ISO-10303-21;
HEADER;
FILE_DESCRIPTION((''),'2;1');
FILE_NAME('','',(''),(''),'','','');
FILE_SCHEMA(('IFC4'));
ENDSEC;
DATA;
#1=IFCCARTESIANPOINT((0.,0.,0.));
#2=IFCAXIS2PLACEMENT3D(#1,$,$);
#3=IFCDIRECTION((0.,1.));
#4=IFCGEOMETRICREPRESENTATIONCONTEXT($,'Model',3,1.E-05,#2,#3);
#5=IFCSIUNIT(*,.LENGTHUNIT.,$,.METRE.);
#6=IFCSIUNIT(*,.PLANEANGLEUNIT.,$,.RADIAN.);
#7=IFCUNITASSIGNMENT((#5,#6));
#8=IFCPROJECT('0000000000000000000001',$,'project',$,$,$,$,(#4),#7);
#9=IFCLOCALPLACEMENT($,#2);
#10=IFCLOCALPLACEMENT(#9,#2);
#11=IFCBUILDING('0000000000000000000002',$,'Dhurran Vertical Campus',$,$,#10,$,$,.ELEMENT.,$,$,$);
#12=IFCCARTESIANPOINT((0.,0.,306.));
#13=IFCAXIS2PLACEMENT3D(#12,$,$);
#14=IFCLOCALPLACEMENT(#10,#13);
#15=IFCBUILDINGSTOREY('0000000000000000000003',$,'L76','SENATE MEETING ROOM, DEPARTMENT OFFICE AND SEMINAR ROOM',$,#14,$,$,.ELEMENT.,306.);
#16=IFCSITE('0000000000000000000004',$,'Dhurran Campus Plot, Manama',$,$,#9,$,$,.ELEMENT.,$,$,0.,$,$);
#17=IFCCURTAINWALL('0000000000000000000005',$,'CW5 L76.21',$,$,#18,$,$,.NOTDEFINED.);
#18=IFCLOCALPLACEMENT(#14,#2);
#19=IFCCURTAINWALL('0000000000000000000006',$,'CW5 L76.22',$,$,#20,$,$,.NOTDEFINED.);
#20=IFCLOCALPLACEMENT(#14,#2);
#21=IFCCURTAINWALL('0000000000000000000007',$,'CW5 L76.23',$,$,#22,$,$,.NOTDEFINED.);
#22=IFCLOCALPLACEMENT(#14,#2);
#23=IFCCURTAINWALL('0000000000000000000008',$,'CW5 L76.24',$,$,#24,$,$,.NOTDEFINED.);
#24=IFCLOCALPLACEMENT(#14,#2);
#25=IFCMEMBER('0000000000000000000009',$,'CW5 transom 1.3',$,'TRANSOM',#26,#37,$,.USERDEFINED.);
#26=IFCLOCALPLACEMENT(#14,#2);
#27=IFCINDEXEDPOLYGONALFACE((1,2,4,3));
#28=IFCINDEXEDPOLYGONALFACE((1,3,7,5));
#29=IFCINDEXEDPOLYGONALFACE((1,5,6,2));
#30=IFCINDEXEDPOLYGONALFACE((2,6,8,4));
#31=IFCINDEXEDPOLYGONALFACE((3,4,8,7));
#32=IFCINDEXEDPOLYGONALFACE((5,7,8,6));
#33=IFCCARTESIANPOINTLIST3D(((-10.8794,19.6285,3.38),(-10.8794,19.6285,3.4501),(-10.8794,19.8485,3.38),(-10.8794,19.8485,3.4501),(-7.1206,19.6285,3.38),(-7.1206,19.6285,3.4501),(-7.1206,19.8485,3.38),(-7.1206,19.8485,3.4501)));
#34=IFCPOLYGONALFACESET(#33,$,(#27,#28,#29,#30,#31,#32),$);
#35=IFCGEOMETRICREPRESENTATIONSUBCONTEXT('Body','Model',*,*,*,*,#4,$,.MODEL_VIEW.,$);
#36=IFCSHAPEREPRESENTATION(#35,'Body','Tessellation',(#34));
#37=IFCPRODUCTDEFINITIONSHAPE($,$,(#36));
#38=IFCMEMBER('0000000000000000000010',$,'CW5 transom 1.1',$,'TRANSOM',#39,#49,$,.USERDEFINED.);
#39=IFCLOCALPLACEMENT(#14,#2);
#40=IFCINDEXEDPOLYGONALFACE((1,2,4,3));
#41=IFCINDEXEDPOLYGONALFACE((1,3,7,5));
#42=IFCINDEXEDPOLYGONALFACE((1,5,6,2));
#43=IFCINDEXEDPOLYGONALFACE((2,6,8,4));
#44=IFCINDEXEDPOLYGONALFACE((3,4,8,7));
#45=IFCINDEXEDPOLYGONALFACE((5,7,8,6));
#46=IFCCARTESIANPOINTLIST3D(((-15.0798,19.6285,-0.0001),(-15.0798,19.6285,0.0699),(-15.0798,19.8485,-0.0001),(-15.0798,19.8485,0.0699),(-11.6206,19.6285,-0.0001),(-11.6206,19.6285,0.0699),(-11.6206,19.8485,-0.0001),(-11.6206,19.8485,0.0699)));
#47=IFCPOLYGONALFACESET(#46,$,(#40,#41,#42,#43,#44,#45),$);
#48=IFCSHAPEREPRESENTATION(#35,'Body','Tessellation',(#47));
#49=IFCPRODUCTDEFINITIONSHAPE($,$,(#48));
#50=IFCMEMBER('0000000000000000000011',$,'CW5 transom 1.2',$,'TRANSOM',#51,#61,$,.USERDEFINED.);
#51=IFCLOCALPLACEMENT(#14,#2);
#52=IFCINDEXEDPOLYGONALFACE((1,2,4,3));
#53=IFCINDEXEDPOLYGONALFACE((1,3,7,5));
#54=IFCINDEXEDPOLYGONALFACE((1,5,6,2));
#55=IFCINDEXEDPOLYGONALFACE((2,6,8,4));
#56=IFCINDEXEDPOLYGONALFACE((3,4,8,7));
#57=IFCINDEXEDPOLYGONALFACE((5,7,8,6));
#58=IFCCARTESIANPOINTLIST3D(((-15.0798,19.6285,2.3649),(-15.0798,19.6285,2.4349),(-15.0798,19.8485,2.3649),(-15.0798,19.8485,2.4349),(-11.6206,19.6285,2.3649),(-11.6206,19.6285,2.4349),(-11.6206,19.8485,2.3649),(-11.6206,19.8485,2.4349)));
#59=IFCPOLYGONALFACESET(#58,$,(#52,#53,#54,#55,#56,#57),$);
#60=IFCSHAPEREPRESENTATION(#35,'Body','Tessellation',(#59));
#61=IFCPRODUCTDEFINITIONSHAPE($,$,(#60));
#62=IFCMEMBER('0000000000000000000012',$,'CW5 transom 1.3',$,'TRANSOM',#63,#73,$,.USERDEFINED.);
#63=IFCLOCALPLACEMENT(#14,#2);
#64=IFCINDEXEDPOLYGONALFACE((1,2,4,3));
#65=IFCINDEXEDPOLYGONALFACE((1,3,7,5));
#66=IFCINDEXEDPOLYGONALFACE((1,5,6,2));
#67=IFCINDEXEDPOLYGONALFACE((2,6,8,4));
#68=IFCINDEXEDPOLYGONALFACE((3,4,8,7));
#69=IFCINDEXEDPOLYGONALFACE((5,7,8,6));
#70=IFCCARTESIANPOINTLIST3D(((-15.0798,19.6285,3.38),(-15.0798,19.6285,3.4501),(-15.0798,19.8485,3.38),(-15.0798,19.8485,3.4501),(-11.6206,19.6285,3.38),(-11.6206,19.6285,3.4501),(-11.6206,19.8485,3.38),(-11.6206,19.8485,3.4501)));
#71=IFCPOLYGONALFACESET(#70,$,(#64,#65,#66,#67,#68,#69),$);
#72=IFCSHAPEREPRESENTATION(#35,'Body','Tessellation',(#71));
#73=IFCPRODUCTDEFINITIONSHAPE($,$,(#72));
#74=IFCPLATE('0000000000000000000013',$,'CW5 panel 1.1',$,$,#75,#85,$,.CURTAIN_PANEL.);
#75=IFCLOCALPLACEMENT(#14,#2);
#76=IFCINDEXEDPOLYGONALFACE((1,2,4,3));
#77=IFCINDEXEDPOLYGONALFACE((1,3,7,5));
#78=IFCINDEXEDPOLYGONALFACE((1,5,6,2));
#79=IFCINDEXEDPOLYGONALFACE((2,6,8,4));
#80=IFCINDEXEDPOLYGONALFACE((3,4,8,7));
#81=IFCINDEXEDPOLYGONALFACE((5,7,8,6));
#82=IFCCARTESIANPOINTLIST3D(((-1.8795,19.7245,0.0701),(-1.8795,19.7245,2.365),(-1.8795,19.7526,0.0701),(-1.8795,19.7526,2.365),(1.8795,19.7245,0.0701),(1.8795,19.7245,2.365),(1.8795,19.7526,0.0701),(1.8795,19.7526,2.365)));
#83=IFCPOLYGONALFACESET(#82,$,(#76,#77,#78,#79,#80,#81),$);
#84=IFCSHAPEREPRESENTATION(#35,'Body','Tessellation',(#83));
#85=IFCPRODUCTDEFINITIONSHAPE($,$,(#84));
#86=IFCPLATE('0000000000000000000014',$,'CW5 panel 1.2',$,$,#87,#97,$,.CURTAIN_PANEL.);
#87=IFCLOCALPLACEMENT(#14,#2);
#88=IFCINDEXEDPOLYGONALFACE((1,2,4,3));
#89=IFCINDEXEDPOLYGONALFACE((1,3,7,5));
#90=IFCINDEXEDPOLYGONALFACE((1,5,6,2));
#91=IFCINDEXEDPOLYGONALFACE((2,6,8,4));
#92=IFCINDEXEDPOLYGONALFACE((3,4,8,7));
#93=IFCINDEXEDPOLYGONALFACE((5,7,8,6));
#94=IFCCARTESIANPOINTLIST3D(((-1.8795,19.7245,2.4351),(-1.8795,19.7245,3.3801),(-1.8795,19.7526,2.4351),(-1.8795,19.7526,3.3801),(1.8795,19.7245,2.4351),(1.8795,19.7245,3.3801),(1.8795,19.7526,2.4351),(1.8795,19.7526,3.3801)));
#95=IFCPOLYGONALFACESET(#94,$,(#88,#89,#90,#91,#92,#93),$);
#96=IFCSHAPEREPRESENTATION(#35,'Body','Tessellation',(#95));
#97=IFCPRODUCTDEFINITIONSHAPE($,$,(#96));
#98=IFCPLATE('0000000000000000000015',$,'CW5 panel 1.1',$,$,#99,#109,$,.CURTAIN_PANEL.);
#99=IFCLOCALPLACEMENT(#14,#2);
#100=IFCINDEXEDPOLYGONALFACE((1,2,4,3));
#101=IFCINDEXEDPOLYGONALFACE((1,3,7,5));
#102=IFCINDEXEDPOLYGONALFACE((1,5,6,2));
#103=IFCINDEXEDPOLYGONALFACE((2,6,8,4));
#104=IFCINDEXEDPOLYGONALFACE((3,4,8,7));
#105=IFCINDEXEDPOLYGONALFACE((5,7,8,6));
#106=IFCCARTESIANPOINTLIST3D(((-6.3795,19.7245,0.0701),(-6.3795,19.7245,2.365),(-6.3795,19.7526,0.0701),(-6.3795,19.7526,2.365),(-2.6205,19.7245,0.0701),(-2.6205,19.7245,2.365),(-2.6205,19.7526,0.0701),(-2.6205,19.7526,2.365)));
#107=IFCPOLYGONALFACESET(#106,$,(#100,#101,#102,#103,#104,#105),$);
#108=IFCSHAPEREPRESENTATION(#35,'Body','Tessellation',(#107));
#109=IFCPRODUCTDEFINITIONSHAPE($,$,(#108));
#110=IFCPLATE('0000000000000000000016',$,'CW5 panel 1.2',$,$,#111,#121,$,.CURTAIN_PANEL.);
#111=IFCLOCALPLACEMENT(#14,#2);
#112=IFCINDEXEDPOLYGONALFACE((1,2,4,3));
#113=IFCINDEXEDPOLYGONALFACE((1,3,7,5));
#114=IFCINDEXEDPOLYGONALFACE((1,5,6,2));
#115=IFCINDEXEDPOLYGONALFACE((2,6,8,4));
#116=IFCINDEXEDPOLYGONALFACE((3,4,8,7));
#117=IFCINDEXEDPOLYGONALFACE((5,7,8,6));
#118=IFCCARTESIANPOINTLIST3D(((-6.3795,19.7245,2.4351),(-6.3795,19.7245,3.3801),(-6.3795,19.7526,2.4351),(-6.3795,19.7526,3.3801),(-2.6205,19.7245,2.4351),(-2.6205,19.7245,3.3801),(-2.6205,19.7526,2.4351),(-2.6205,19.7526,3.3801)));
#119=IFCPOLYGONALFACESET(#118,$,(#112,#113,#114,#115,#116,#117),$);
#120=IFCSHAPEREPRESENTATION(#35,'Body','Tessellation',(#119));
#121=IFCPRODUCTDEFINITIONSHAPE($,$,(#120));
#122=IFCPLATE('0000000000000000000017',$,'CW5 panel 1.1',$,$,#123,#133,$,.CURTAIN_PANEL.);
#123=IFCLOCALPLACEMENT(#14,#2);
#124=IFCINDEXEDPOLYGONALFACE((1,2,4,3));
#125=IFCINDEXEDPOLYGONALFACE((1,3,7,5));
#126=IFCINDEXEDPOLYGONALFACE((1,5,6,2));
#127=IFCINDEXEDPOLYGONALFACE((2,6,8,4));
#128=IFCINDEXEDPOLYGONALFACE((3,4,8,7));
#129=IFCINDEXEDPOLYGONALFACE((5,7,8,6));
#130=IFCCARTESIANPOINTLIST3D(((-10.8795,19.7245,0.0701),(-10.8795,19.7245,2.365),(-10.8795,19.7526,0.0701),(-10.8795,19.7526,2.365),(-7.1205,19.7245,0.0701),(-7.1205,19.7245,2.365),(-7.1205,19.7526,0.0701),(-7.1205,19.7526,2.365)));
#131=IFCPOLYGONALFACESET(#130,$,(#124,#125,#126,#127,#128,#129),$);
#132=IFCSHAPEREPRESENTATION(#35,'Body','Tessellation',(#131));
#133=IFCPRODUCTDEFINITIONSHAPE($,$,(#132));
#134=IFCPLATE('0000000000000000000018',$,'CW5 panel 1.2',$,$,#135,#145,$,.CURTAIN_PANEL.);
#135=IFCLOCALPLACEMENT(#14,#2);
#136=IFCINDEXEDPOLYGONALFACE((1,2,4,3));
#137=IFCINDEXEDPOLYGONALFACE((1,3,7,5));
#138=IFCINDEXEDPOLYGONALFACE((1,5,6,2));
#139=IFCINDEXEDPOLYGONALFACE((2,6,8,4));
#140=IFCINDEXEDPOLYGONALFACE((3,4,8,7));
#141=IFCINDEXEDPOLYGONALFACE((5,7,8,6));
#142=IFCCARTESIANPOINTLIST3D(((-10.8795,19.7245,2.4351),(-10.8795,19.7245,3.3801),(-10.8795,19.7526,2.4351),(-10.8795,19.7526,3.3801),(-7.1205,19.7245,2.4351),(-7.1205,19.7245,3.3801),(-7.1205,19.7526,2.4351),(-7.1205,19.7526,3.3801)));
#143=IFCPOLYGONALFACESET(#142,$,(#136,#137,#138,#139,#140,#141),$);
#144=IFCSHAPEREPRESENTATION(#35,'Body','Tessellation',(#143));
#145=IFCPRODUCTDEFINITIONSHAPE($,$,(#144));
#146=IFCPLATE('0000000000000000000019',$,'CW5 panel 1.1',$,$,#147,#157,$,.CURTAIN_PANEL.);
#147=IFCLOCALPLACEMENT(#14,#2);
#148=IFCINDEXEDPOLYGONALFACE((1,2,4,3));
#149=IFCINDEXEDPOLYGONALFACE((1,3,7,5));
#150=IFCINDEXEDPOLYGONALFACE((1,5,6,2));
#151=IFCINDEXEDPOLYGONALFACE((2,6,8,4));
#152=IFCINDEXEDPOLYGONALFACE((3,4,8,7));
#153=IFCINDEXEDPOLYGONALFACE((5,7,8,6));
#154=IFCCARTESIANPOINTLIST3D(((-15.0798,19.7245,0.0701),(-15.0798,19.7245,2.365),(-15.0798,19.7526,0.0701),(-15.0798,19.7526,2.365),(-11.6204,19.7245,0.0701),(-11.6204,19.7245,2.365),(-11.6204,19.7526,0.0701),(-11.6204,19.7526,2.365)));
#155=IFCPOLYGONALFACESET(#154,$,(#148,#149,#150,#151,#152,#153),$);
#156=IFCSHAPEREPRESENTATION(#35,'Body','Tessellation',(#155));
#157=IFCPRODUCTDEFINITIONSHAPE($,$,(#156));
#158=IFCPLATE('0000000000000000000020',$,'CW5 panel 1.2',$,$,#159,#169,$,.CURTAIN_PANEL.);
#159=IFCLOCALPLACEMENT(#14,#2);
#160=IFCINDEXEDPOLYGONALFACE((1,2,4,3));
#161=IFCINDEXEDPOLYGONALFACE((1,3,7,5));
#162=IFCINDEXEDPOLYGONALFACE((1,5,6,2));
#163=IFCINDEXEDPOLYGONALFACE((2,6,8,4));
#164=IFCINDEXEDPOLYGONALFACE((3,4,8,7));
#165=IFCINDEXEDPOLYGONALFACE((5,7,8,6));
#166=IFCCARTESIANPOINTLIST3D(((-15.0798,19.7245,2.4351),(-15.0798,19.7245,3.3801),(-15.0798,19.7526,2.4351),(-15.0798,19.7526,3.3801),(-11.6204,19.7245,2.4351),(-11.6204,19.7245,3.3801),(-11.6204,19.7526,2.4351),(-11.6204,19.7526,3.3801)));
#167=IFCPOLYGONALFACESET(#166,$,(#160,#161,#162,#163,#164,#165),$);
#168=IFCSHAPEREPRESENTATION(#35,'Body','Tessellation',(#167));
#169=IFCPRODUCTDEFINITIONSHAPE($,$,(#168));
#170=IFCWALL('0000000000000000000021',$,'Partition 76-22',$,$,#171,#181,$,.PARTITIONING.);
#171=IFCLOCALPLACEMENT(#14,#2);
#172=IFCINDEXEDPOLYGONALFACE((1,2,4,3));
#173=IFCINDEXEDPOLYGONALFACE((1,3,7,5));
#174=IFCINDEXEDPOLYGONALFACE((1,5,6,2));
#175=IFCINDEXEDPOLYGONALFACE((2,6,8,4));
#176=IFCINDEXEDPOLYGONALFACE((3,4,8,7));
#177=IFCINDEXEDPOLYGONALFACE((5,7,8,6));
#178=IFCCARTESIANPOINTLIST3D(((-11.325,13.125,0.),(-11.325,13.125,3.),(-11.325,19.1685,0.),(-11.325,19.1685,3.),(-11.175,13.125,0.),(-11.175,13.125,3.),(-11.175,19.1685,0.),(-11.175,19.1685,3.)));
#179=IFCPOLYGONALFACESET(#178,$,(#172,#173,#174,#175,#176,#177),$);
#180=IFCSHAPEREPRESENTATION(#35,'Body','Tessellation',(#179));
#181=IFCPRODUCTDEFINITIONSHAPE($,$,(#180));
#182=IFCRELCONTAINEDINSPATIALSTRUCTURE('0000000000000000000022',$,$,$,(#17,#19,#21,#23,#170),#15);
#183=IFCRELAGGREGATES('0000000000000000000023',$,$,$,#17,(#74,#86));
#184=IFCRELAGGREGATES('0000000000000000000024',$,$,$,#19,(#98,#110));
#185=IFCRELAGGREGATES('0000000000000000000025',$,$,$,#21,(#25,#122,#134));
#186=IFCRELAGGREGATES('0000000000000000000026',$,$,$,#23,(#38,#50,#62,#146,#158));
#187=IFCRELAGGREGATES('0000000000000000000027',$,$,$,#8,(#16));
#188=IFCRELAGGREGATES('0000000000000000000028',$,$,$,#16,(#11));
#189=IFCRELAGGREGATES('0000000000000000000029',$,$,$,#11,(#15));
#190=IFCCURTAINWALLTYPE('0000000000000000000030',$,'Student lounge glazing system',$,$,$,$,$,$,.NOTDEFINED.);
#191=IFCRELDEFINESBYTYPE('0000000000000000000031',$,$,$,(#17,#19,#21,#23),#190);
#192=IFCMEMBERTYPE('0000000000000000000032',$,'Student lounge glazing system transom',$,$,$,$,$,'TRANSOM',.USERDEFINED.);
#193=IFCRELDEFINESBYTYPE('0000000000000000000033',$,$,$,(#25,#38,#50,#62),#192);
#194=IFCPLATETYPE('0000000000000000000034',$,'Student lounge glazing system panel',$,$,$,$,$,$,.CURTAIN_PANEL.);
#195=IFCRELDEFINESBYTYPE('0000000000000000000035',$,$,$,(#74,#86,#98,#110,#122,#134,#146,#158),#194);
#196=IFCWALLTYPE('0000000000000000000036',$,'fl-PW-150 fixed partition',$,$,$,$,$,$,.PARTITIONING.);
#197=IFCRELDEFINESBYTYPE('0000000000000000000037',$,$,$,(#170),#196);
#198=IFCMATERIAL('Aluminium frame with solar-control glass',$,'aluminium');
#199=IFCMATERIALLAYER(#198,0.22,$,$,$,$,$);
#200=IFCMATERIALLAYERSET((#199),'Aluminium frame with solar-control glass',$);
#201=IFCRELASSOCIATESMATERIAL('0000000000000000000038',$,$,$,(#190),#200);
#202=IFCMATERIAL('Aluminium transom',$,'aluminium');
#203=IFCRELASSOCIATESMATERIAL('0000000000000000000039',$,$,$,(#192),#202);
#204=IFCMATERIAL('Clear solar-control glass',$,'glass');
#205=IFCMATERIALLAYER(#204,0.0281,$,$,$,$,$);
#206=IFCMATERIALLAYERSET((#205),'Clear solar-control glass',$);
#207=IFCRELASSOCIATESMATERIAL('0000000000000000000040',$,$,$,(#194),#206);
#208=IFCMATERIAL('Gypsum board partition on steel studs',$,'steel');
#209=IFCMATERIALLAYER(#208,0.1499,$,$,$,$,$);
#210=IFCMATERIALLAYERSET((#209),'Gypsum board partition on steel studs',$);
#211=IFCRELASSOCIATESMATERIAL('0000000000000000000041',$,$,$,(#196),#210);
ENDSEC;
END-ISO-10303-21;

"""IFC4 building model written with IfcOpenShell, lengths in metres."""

from ifc_helpers import new_model, si_unit, direction, frame, frame_2d, origin, origin_2d, place, context, subcontext, project, spatial, rectangle, extrude, material, layer, layer_set, material_profile, profile_set, type_object, element, aggregate, save


model = new_model("IFC4")

# Units and contexts
model_context = context("Model", 3, precision=1e-05, world=origin(), true_north=direction((0.0, 1.0)))
body_context = subcontext(model_context, "Body", "Model", "MODEL_VIEW")
ifc_project = project(units=[si_unit("LENGTHUNIT", "METRE"), si_unit("PLANEANGLEUNIT", "RADIAN")], contexts=[model_context])

# Site, building, storey
site_placement = place(None, origin())
site = spatial("IfcSite", under=ifc_project, at=site_placement, Name="Dhurran Campus Plot, Manama", CompositionType="ELEMENT", RefElevation=0.0)
building_placement = place(site_placement, origin())
building = spatial("IfcBuilding", under=site, at=building_placement, Name="Dhurran Vertical Campus", CompositionType="ELEMENT")
storey_placement = place(building_placement, frame((0.0, 0.0, 306.0)))
storey = spatial("IfcBuildingStorey", under=building, at=storey_placement, Name="L76", Description="SENATE MEETING ROOM, DEPARTMENT OFFICE AND SEMINAR ROOM", CompositionType="ELEMENT", Elevation=306.0)

# Curtain wall
ifc_material_1 = material(Name="Aluminium frame with solar-control glass", Category="aluminium")
ifc_layer_1 = layer(ifc_material_1, 0.22)
ifc_layer_set_1 = layer_set([ifc_layer_1], Name="Aluminium frame with solar-control glass")
curtain_wall_type = type_object("IfcCurtainWallType", Name="Student lounge glazing system", PredefinedType="NOTDEFINED", material=ifc_layer_set_1)
curtain_wall_1_placement = place(storey_placement, origin())
curtain_wall_1 = element("IfcCurtainWall", 1, at=curtain_wall_1_placement, inside=storey, type_object=curtain_wall_type, Name="CW5 L76.21", PredefinedType="NOTDEFINED")

# Curtain walls
curtain_wall_2_placement = place(storey_placement, origin())
curtain_wall_2 = element("IfcCurtainWall", 2, at=curtain_wall_2_placement, inside=storey, type_object=curtain_wall_type, Name="CW5 L76.22", PredefinedType="NOTDEFINED")
curtain_wall_3_placement = place(storey_placement, origin())
curtain_wall_3 = element("IfcCurtainWall", 3, at=curtain_wall_3_placement, inside=storey, type_object=curtain_wall_type, Name="CW5 L76.23", PredefinedType="NOTDEFINED")
curtain_wall_4_placement = place(storey_placement, origin())
curtain_wall_4 = element("IfcCurtainWall", 4, at=curtain_wall_4_placement, inside=storey, type_object=curtain_wall_type, Name="CW5 L76.24", PredefinedType="NOTDEFINED")

# Members
ifc_material_2 = material(Name="Aluminium transom", Category="aluminium")
ifc_material_profile_1 = material_profile(ifc_material_2, rectangle(XDim=0.22, YDim=0.0701, at=origin_2d()), Name="Student lounge glazing system transom")
ifc_profile_set_1 = profile_set([ifc_material_profile_1], Name="Aluminium transom")
member_type_1 = type_object("IfcMemberType", Name="Student lounge glazing system transom", ElementType="TRANSOM", PredefinedType="USERDEFINED", material=ifc_profile_set_1)
member_1_placement = place(storey_placement, frame((-7.1206, 19.7385, 3.415), z_axis=(-1.0, 0.0, 0.0), x_axis=(0.0, -1.0, 0.0)))
member_1 = element("IfcMember", 5, at=member_1_placement, type_object=member_type_1, Name="CW5 transom 1.3", ObjectType="TRANSOM", PredefinedType="USERDEFINED", context=body_context, shape_type="SweptSolid", body=[
    extrude(rectangle(XDim=0.22, YDim=0.0701, at=origin_2d()), origin(), (0.0, 0.0, 1.0), 3.7588),
])
member_2_placement = place(storey_placement, frame((-11.6206, 19.7385, 0.0349), z_axis=(-1.0, 0.0, 0.0), x_axis=(0.0, -1.0, 0.0)))
member_2 = element("IfcMember", 6, at=member_2_placement, type_object=member_type_1, Name="CW5 transom 1.1", ObjectType="TRANSOM", PredefinedType="USERDEFINED", context=body_context, shape_type="SweptSolid", body=[
    extrude(rectangle(XDim=0.22, YDim=0.0701, at=origin_2d()), origin(), (0.0, 0.0, 1.0), 3.4592),
])
member_3_placement = place(storey_placement, frame((-11.6206, 19.7385, 2.3999), z_axis=(-1.0, 0.0, 0.0), x_axis=(0.0, -1.0, 0.0)))
member_3 = element("IfcMember", 7, at=member_3_placement, type_object=member_type_1, Name="CW5 transom 1.2", ObjectType="TRANSOM", PredefinedType="USERDEFINED", context=body_context, shape_type="SweptSolid", body=[
    extrude(rectangle(XDim=0.22, YDim=0.0701, at=origin_2d()), origin(), (0.0, 0.0, 1.0), 3.4592),
])
member_4_placement = place(storey_placement, frame((-11.6206, 19.7385, 3.415), z_axis=(-1.0, 0.0, 0.0), x_axis=(0.0, -1.0, 0.0)))
member_4 = element("IfcMember", 8, at=member_4_placement, type_object=member_type_1, Name="CW5 transom 1.3", ObjectType="TRANSOM", PredefinedType="USERDEFINED", context=body_context, shape_type="SweptSolid", body=[
    extrude(rectangle(XDim=0.22, YDim=0.0701, at=origin_2d()), origin(), (0.0, 0.0, 1.0), 3.4592),
])

# Plates
ifc_material_3 = material(Name="Clear solar-control glass", Category="glass")
ifc_layer_2 = layer(ifc_material_3, 0.0281)
ifc_layer_set_2 = layer_set([ifc_layer_2], Name="Clear solar-control glass")
plate_type = type_object("IfcPlateType", Name="Student lounge glazing system panel", PredefinedType="CURTAIN_PANEL", material=ifc_layer_set_2)
plate_1_placement = place(storey_placement, frame((0.0, 19.7385, 0.0701), z_axis=(0.0, 0.0, 1.0), x_axis=(-1.0, 0.0, 0.0)))
plate_1 = element("IfcPlate", 9, at=plate_1_placement, type_object=plate_type, Name="CW5 panel 1.1", PredefinedType="CURTAIN_PANEL", context=body_context, shape_type="SweptSolid", body=[
    extrude(rectangle(XDim=3.759, YDim=0.0281, at=origin_2d()), origin(), (0.0, 0.0, 1.0), 2.2949),
])
plate_2_placement = place(storey_placement, frame((0.0, 19.7385, 2.4351), z_axis=(0.0, 0.0, 1.0), x_axis=(-1.0, 0.0, 0.0)))
plate_2 = element("IfcPlate", 10, at=plate_2_placement, type_object=plate_type, Name="CW5 panel 1.2", PredefinedType="CURTAIN_PANEL", context=body_context, shape_type="SweptSolid", body=[
    extrude(rectangle(XDim=3.759, YDim=0.0281, at=origin_2d()), origin(), (0.0, 0.0, 1.0), 0.9451),
])
aggregate(curtain_wall_1, [plate_1, plate_2])
plate_3_placement = place(storey_placement, frame((-4.5, 19.7385, 0.0701), z_axis=(0.0, 0.0, 1.0), x_axis=(-1.0, 0.0, 0.0)))
plate_3 = element("IfcPlate", 11, at=plate_3_placement, type_object=plate_type, Name="CW5 panel 1.1", PredefinedType="CURTAIN_PANEL", context=body_context, shape_type="SweptSolid", body=[
    extrude(rectangle(XDim=3.759, YDim=0.0281, at=origin_2d()), origin(), (0.0, 0.0, 1.0), 2.2949),
])
plate_4_placement = place(storey_placement, frame((-4.5, 19.7385, 2.4351), z_axis=(0.0, 0.0, 1.0), x_axis=(-1.0, 0.0, 0.0)))
plate_4 = element("IfcPlate", 12, at=plate_4_placement, type_object=plate_type, Name="CW5 panel 1.2", PredefinedType="CURTAIN_PANEL", context=body_context, shape_type="SweptSolid", body=[
    extrude(rectangle(XDim=3.759, YDim=0.0281, at=origin_2d()), origin(), (0.0, 0.0, 1.0), 0.9451),
])
aggregate(curtain_wall_2, [plate_3, plate_4])
plate_5_placement = place(storey_placement, frame((-9.0, 19.7385, 0.0701), z_axis=(0.0, 0.0, 1.0), x_axis=(-1.0, 0.0, 0.0)))
plate_5 = element("IfcPlate", 13, at=plate_5_placement, type_object=plate_type, Name="CW5 panel 1.1", PredefinedType="CURTAIN_PANEL", context=body_context, shape_type="SweptSolid", body=[
    extrude(rectangle(XDim=3.759, YDim=0.0281, at=origin_2d()), origin(), (0.0, 0.0, 1.0), 2.2949),
])
plate_6_placement = place(storey_placement, frame((-9.0, 19.7385, 2.4351), z_axis=(0.0, 0.0, 1.0), x_axis=(-1.0, 0.0, 0.0)))
plate_6 = element("IfcPlate", 14, at=plate_6_placement, type_object=plate_type, Name="CW5 panel 1.2", PredefinedType="CURTAIN_PANEL", context=body_context, shape_type="SweptSolid", body=[
    extrude(rectangle(XDim=3.759, YDim=0.0281, at=origin_2d()), origin(), (0.0, 0.0, 1.0), 0.9451),
])
aggregate(curtain_wall_3, [member_1, plate_5, plate_6])
plate_7_placement = place(storey_placement, frame((-13.3501, 19.7385, 0.0701), z_axis=(0.0, 0.0, 1.0), x_axis=(-1.0, 0.0, 0.0)))
plate_7 = element("IfcPlate", 15, at=plate_7_placement, type_object=plate_type, Name="CW5 panel 1.1", PredefinedType="CURTAIN_PANEL", context=body_context, shape_type="SweptSolid", body=[
    extrude(rectangle(XDim=3.4595, YDim=0.0281, at=origin_2d()), origin(), (0.0, 0.0, 1.0), 2.2949),
])
plate_8_placement = place(storey_placement, frame((-13.3501, 19.7385, 2.4351), z_axis=(0.0, 0.0, 1.0), x_axis=(-1.0, 0.0, 0.0)))
plate_8 = element("IfcPlate", 16, at=plate_8_placement, type_object=plate_type, Name="CW5 panel 1.2", PredefinedType="CURTAIN_PANEL", context=body_context, shape_type="SweptSolid", body=[
    extrude(rectangle(XDim=3.4595, YDim=0.0281, at=origin_2d()), origin(), (0.0, 0.0, 1.0), 0.9451),
])
aggregate(curtain_wall_4, [member_2, member_3, member_4, plate_7, plate_8])

# Wall
ifc_material_4 = material(Name="Gypsum board partition on steel studs", Category="steel")
ifc_layer_3 = layer(ifc_material_4, 0.1499)
ifc_layer_set_3 = layer_set([ifc_layer_3], Name="Gypsum board partition on steel studs")
wall_type = type_object("IfcWallType", Name="fl-PW-150 fixed partition", PredefinedType="PARTITIONING", material=ifc_layer_set_3)
wall_placement = place(storey_placement, frame((-11.25, 19.1685, 0.0), z_axis=(0.0, 0.0, 1.0), x_axis=(0.0, -1.0, 0.0)))
element("IfcWall", 17, at=wall_placement, inside=storey, type_object=wall_type, Name="Partition 76-22", PredefinedType="PARTITIONING", context=body_context, shape_type="SweptSolid", body=[
    extrude(rectangle(XDim=6.0435, YDim=0.1499, at=frame_2d((3.0217, 0.0))), origin(), (0.0, 0.0, 1.0), 3.0),
])

save(model, "model.ifc")
